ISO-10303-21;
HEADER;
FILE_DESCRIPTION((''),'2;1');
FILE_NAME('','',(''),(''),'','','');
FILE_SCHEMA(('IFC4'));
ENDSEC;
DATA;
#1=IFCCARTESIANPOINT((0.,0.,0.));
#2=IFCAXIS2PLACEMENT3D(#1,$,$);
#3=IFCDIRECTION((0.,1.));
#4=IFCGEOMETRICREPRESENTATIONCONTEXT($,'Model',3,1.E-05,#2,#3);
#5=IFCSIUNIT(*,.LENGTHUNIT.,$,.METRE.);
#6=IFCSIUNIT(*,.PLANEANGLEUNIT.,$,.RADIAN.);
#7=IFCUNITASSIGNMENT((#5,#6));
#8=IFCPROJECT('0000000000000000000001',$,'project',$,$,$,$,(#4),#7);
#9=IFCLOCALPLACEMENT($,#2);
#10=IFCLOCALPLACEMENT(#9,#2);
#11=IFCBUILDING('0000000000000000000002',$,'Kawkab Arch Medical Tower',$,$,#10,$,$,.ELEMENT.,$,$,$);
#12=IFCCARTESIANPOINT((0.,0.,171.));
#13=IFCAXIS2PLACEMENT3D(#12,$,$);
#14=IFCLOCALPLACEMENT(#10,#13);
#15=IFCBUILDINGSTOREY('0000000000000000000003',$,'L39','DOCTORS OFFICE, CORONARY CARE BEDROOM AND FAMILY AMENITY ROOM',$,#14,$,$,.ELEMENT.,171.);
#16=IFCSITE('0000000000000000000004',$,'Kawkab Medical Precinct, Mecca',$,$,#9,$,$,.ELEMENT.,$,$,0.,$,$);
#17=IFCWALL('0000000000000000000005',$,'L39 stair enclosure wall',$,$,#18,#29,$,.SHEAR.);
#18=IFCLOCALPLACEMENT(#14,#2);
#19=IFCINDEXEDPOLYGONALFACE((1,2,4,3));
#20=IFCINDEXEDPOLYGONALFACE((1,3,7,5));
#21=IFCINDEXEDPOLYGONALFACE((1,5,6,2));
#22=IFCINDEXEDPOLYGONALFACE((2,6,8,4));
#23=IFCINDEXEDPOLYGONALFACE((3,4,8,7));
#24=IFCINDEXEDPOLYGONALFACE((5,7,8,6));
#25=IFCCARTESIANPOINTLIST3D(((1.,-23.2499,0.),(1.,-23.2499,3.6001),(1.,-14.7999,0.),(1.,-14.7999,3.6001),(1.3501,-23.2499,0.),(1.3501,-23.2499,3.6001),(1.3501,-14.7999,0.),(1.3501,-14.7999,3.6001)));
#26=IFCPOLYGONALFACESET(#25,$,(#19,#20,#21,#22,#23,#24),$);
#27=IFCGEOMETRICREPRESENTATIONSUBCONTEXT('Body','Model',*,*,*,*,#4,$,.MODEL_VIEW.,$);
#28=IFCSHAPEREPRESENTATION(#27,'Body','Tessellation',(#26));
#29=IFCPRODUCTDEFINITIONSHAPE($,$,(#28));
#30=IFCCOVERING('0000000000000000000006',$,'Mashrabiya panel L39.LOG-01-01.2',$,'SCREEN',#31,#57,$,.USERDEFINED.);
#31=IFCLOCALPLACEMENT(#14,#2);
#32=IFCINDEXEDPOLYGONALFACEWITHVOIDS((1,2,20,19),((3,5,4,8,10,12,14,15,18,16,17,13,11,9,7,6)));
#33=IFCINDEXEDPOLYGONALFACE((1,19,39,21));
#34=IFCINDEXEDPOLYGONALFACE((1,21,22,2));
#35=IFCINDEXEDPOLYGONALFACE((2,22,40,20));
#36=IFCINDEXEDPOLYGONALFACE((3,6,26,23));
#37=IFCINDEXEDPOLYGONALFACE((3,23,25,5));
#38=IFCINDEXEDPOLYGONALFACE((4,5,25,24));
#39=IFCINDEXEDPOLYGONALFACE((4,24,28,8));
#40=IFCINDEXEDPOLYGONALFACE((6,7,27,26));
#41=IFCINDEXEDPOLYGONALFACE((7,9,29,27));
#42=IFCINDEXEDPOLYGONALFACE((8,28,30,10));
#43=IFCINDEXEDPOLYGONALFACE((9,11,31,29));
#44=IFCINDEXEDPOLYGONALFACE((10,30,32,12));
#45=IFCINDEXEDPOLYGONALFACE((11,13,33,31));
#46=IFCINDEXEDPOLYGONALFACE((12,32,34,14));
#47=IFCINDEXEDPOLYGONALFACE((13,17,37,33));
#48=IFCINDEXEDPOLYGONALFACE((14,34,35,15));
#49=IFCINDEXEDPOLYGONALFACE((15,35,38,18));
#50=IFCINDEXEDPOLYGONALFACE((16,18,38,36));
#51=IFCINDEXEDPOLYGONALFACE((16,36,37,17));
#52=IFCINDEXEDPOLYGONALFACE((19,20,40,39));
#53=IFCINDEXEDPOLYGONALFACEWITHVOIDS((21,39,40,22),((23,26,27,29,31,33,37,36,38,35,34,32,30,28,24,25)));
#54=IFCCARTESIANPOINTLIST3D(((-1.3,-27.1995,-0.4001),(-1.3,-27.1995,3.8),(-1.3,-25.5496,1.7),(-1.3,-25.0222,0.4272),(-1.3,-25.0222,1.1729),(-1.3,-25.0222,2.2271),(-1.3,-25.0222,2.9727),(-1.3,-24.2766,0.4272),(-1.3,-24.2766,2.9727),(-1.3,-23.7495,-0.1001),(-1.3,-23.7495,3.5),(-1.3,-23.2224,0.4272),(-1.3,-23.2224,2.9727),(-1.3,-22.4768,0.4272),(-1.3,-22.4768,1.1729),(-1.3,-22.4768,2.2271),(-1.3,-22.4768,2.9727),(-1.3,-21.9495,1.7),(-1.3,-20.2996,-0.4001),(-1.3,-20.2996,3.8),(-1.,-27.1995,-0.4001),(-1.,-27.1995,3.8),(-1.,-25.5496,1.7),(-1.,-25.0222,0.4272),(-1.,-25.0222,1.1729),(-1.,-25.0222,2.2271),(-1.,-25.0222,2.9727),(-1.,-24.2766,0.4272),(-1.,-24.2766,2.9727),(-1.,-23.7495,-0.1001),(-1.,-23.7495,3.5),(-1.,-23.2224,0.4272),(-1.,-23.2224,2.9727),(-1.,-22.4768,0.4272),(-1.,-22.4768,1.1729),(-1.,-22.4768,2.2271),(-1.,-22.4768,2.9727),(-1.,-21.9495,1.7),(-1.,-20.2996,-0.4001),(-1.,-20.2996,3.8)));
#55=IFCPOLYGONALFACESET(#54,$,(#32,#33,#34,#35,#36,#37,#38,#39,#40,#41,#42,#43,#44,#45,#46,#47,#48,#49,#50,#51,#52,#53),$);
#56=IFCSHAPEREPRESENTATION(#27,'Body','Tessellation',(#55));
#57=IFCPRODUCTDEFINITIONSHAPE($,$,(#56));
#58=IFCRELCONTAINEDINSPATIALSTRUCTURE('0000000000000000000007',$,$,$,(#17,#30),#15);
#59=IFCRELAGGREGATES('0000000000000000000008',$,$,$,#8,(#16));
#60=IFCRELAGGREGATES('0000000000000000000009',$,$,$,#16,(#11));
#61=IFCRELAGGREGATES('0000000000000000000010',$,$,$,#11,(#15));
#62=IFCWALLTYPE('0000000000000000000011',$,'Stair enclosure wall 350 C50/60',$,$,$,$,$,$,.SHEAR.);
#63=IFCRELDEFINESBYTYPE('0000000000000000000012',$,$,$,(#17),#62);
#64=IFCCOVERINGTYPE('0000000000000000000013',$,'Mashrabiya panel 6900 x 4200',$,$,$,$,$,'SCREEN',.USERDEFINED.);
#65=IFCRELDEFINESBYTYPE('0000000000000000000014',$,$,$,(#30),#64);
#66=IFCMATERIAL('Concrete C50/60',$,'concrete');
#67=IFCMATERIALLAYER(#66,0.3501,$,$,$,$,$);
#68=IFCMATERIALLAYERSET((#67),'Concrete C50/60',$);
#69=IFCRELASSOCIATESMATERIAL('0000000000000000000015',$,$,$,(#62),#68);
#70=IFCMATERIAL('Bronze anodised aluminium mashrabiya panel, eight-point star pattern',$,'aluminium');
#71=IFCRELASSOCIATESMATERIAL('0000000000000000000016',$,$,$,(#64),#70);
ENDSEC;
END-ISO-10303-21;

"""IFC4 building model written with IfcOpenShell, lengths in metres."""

from ifc_helpers import new_model, si_unit, direction, frame, frame_2d, origin, place, context, subcontext, project, spatial, polyline, rectangle, outline, extrude, material, layer, layer_set, material_profile, profile_set, type_object, element, save


model = new_model("IFC4")

# Units and contexts
model_context = context("Model", 3, precision=1e-05, world=origin(), true_north=direction((0.0, 1.0)))
body_context = subcontext(model_context, "Body", "Model", "MODEL_VIEW")
ifc_project = project(units=[si_unit("LENGTHUNIT", "METRE"), si_unit("PLANEANGLEUNIT", "RADIAN")], contexts=[model_context])

# Site, building, storey
site_placement = place(None, origin())
site = spatial("IfcSite", under=ifc_project, at=site_placement, Name="Kawkab Medical Precinct, Mecca", CompositionType="ELEMENT", RefElevation=0.0)
building_placement = place(site_placement, origin())
building = spatial("IfcBuilding", under=site, at=building_placement, Name="Kawkab Arch Medical Tower", CompositionType="ELEMENT")
storey_placement = place(building_placement, frame((0.0, 0.0, 171.0)))
storey = spatial("IfcBuildingStorey", under=building, at=storey_placement, Name="L39", Description="DOCTORS OFFICE, CORONARY CARE BEDROOM AND FAMILY AMENITY ROOM", CompositionType="ELEMENT", Elevation=171.0)

# Wall
ifc_material_1 = material(Name="Concrete C50/60", Category="concrete")
ifc_layer_1 = layer(ifc_material_1, 0.3501)
ifc_layer_set_1 = layer_set([ifc_layer_1], Name="Concrete C50/60")
wall_type_1 = type_object("IfcWallType", Name="Stair enclosure wall 350 C50/60", PredefinedType="SHEAR", material=ifc_layer_set_1)
wall_1_placement = place(storey_placement, frame((1.175, -23.25, 0.0), z_axis=(0.0, 0.0, 1.0), x_axis=(0.0, 1.0, 0.0)))
element("IfcWall", 1, at=wall_1_placement, inside=storey, type_object=wall_type_1, Name="L39 stair enclosure wall", PredefinedType="SHEAR", context=body_context, shape_type="SweptSolid", body=[
    extrude(rectangle(XDim=8.45, YDim=0.3501, at=frame_2d((4.2251, 0.0))), origin(), (0.0, 0.0, 1.0), 3.6001),
])

# Covering
ifc_material_2 = material(Name="Bronze anodised aluminium mashrabiya panel, eight-point star pattern", Category="aluminium")
ifc_material_profile_1 = material_profile(ifc_material_2, outline(polyline([(-3.45, -2.1001), (3.45, -2.1001), (3.45, 2.1001), (-3.45, 2.1001), (-3.45, -2.1001)]), holes=[polyline([(1.8, 0.0), (1.2727, 0.5271), (1.2727, 1.2727), (0.5271, 1.2727), (0.0, 1.8), (-0.5271, 1.2727), (-1.2727, 1.2727), (-1.2727, 0.5271), (-1.8, 0.0), (-1.2727, -0.5271), (-1.2727, -1.2727), (-0.5271, -1.2727), (0.0, -1.8), (0.5271, -1.2727), (1.2727, -1.2727), (1.2727, -0.5271), (1.8, 0.0)])]), Name="Mashrabiya panel 6900x4200")
ifc_profile_set_1 = profile_set([ifc_material_profile_1], Name="Bronze anodised aluminium mashrabiya panel, eight-point star pattern")
covering_type = type_object("IfcCoveringType", Name="Mashrabiya panel 6900 x 4200", ElementType="SCREEN", PredefinedType="USERDEFINED", material=ifc_profile_set_1)
covering_placement = place(storey_placement, frame((-1.0, -23.7495, 1.7), z_axis=(-1.0, 0.0, 0.0), x_axis=(0.0, -1.0, 0.0)))
element("IfcCovering", 2, at=covering_placement, inside=storey, type_object=covering_type, Name="Mashrabiya panel L39.LOG-01-01.2", ObjectType="SCREEN", PredefinedType="USERDEFINED", context=body_context, shape_type="SweptSolid", body=[
    extrude(outline(polyline([(-3.45, -2.1001), (3.45, -2.1001), (3.45, 2.1001), (-3.45, 2.1001), (-3.45, -2.1001)]), holes=[polyline([(1.8, 0.0), (1.2727, 0.5271), (1.2727, 1.2727), (0.5271, 1.2727), (0.0, 1.8), (-0.5271, 1.2727), (-1.2727, 1.2727), (-1.2727, 0.5271), (-1.8, 0.0), (-1.2727, -0.5271), (-1.2727, -1.2727), (-0.5271, -1.2727), (0.0, -1.8), (0.5271, -1.2727), (1.2727, -1.2727), (1.2727, -0.5271), (1.8, 0.0)])]), origin(), (0.0, 0.0, 1.0), 0.3),
])

save(model, "model.ifc")
